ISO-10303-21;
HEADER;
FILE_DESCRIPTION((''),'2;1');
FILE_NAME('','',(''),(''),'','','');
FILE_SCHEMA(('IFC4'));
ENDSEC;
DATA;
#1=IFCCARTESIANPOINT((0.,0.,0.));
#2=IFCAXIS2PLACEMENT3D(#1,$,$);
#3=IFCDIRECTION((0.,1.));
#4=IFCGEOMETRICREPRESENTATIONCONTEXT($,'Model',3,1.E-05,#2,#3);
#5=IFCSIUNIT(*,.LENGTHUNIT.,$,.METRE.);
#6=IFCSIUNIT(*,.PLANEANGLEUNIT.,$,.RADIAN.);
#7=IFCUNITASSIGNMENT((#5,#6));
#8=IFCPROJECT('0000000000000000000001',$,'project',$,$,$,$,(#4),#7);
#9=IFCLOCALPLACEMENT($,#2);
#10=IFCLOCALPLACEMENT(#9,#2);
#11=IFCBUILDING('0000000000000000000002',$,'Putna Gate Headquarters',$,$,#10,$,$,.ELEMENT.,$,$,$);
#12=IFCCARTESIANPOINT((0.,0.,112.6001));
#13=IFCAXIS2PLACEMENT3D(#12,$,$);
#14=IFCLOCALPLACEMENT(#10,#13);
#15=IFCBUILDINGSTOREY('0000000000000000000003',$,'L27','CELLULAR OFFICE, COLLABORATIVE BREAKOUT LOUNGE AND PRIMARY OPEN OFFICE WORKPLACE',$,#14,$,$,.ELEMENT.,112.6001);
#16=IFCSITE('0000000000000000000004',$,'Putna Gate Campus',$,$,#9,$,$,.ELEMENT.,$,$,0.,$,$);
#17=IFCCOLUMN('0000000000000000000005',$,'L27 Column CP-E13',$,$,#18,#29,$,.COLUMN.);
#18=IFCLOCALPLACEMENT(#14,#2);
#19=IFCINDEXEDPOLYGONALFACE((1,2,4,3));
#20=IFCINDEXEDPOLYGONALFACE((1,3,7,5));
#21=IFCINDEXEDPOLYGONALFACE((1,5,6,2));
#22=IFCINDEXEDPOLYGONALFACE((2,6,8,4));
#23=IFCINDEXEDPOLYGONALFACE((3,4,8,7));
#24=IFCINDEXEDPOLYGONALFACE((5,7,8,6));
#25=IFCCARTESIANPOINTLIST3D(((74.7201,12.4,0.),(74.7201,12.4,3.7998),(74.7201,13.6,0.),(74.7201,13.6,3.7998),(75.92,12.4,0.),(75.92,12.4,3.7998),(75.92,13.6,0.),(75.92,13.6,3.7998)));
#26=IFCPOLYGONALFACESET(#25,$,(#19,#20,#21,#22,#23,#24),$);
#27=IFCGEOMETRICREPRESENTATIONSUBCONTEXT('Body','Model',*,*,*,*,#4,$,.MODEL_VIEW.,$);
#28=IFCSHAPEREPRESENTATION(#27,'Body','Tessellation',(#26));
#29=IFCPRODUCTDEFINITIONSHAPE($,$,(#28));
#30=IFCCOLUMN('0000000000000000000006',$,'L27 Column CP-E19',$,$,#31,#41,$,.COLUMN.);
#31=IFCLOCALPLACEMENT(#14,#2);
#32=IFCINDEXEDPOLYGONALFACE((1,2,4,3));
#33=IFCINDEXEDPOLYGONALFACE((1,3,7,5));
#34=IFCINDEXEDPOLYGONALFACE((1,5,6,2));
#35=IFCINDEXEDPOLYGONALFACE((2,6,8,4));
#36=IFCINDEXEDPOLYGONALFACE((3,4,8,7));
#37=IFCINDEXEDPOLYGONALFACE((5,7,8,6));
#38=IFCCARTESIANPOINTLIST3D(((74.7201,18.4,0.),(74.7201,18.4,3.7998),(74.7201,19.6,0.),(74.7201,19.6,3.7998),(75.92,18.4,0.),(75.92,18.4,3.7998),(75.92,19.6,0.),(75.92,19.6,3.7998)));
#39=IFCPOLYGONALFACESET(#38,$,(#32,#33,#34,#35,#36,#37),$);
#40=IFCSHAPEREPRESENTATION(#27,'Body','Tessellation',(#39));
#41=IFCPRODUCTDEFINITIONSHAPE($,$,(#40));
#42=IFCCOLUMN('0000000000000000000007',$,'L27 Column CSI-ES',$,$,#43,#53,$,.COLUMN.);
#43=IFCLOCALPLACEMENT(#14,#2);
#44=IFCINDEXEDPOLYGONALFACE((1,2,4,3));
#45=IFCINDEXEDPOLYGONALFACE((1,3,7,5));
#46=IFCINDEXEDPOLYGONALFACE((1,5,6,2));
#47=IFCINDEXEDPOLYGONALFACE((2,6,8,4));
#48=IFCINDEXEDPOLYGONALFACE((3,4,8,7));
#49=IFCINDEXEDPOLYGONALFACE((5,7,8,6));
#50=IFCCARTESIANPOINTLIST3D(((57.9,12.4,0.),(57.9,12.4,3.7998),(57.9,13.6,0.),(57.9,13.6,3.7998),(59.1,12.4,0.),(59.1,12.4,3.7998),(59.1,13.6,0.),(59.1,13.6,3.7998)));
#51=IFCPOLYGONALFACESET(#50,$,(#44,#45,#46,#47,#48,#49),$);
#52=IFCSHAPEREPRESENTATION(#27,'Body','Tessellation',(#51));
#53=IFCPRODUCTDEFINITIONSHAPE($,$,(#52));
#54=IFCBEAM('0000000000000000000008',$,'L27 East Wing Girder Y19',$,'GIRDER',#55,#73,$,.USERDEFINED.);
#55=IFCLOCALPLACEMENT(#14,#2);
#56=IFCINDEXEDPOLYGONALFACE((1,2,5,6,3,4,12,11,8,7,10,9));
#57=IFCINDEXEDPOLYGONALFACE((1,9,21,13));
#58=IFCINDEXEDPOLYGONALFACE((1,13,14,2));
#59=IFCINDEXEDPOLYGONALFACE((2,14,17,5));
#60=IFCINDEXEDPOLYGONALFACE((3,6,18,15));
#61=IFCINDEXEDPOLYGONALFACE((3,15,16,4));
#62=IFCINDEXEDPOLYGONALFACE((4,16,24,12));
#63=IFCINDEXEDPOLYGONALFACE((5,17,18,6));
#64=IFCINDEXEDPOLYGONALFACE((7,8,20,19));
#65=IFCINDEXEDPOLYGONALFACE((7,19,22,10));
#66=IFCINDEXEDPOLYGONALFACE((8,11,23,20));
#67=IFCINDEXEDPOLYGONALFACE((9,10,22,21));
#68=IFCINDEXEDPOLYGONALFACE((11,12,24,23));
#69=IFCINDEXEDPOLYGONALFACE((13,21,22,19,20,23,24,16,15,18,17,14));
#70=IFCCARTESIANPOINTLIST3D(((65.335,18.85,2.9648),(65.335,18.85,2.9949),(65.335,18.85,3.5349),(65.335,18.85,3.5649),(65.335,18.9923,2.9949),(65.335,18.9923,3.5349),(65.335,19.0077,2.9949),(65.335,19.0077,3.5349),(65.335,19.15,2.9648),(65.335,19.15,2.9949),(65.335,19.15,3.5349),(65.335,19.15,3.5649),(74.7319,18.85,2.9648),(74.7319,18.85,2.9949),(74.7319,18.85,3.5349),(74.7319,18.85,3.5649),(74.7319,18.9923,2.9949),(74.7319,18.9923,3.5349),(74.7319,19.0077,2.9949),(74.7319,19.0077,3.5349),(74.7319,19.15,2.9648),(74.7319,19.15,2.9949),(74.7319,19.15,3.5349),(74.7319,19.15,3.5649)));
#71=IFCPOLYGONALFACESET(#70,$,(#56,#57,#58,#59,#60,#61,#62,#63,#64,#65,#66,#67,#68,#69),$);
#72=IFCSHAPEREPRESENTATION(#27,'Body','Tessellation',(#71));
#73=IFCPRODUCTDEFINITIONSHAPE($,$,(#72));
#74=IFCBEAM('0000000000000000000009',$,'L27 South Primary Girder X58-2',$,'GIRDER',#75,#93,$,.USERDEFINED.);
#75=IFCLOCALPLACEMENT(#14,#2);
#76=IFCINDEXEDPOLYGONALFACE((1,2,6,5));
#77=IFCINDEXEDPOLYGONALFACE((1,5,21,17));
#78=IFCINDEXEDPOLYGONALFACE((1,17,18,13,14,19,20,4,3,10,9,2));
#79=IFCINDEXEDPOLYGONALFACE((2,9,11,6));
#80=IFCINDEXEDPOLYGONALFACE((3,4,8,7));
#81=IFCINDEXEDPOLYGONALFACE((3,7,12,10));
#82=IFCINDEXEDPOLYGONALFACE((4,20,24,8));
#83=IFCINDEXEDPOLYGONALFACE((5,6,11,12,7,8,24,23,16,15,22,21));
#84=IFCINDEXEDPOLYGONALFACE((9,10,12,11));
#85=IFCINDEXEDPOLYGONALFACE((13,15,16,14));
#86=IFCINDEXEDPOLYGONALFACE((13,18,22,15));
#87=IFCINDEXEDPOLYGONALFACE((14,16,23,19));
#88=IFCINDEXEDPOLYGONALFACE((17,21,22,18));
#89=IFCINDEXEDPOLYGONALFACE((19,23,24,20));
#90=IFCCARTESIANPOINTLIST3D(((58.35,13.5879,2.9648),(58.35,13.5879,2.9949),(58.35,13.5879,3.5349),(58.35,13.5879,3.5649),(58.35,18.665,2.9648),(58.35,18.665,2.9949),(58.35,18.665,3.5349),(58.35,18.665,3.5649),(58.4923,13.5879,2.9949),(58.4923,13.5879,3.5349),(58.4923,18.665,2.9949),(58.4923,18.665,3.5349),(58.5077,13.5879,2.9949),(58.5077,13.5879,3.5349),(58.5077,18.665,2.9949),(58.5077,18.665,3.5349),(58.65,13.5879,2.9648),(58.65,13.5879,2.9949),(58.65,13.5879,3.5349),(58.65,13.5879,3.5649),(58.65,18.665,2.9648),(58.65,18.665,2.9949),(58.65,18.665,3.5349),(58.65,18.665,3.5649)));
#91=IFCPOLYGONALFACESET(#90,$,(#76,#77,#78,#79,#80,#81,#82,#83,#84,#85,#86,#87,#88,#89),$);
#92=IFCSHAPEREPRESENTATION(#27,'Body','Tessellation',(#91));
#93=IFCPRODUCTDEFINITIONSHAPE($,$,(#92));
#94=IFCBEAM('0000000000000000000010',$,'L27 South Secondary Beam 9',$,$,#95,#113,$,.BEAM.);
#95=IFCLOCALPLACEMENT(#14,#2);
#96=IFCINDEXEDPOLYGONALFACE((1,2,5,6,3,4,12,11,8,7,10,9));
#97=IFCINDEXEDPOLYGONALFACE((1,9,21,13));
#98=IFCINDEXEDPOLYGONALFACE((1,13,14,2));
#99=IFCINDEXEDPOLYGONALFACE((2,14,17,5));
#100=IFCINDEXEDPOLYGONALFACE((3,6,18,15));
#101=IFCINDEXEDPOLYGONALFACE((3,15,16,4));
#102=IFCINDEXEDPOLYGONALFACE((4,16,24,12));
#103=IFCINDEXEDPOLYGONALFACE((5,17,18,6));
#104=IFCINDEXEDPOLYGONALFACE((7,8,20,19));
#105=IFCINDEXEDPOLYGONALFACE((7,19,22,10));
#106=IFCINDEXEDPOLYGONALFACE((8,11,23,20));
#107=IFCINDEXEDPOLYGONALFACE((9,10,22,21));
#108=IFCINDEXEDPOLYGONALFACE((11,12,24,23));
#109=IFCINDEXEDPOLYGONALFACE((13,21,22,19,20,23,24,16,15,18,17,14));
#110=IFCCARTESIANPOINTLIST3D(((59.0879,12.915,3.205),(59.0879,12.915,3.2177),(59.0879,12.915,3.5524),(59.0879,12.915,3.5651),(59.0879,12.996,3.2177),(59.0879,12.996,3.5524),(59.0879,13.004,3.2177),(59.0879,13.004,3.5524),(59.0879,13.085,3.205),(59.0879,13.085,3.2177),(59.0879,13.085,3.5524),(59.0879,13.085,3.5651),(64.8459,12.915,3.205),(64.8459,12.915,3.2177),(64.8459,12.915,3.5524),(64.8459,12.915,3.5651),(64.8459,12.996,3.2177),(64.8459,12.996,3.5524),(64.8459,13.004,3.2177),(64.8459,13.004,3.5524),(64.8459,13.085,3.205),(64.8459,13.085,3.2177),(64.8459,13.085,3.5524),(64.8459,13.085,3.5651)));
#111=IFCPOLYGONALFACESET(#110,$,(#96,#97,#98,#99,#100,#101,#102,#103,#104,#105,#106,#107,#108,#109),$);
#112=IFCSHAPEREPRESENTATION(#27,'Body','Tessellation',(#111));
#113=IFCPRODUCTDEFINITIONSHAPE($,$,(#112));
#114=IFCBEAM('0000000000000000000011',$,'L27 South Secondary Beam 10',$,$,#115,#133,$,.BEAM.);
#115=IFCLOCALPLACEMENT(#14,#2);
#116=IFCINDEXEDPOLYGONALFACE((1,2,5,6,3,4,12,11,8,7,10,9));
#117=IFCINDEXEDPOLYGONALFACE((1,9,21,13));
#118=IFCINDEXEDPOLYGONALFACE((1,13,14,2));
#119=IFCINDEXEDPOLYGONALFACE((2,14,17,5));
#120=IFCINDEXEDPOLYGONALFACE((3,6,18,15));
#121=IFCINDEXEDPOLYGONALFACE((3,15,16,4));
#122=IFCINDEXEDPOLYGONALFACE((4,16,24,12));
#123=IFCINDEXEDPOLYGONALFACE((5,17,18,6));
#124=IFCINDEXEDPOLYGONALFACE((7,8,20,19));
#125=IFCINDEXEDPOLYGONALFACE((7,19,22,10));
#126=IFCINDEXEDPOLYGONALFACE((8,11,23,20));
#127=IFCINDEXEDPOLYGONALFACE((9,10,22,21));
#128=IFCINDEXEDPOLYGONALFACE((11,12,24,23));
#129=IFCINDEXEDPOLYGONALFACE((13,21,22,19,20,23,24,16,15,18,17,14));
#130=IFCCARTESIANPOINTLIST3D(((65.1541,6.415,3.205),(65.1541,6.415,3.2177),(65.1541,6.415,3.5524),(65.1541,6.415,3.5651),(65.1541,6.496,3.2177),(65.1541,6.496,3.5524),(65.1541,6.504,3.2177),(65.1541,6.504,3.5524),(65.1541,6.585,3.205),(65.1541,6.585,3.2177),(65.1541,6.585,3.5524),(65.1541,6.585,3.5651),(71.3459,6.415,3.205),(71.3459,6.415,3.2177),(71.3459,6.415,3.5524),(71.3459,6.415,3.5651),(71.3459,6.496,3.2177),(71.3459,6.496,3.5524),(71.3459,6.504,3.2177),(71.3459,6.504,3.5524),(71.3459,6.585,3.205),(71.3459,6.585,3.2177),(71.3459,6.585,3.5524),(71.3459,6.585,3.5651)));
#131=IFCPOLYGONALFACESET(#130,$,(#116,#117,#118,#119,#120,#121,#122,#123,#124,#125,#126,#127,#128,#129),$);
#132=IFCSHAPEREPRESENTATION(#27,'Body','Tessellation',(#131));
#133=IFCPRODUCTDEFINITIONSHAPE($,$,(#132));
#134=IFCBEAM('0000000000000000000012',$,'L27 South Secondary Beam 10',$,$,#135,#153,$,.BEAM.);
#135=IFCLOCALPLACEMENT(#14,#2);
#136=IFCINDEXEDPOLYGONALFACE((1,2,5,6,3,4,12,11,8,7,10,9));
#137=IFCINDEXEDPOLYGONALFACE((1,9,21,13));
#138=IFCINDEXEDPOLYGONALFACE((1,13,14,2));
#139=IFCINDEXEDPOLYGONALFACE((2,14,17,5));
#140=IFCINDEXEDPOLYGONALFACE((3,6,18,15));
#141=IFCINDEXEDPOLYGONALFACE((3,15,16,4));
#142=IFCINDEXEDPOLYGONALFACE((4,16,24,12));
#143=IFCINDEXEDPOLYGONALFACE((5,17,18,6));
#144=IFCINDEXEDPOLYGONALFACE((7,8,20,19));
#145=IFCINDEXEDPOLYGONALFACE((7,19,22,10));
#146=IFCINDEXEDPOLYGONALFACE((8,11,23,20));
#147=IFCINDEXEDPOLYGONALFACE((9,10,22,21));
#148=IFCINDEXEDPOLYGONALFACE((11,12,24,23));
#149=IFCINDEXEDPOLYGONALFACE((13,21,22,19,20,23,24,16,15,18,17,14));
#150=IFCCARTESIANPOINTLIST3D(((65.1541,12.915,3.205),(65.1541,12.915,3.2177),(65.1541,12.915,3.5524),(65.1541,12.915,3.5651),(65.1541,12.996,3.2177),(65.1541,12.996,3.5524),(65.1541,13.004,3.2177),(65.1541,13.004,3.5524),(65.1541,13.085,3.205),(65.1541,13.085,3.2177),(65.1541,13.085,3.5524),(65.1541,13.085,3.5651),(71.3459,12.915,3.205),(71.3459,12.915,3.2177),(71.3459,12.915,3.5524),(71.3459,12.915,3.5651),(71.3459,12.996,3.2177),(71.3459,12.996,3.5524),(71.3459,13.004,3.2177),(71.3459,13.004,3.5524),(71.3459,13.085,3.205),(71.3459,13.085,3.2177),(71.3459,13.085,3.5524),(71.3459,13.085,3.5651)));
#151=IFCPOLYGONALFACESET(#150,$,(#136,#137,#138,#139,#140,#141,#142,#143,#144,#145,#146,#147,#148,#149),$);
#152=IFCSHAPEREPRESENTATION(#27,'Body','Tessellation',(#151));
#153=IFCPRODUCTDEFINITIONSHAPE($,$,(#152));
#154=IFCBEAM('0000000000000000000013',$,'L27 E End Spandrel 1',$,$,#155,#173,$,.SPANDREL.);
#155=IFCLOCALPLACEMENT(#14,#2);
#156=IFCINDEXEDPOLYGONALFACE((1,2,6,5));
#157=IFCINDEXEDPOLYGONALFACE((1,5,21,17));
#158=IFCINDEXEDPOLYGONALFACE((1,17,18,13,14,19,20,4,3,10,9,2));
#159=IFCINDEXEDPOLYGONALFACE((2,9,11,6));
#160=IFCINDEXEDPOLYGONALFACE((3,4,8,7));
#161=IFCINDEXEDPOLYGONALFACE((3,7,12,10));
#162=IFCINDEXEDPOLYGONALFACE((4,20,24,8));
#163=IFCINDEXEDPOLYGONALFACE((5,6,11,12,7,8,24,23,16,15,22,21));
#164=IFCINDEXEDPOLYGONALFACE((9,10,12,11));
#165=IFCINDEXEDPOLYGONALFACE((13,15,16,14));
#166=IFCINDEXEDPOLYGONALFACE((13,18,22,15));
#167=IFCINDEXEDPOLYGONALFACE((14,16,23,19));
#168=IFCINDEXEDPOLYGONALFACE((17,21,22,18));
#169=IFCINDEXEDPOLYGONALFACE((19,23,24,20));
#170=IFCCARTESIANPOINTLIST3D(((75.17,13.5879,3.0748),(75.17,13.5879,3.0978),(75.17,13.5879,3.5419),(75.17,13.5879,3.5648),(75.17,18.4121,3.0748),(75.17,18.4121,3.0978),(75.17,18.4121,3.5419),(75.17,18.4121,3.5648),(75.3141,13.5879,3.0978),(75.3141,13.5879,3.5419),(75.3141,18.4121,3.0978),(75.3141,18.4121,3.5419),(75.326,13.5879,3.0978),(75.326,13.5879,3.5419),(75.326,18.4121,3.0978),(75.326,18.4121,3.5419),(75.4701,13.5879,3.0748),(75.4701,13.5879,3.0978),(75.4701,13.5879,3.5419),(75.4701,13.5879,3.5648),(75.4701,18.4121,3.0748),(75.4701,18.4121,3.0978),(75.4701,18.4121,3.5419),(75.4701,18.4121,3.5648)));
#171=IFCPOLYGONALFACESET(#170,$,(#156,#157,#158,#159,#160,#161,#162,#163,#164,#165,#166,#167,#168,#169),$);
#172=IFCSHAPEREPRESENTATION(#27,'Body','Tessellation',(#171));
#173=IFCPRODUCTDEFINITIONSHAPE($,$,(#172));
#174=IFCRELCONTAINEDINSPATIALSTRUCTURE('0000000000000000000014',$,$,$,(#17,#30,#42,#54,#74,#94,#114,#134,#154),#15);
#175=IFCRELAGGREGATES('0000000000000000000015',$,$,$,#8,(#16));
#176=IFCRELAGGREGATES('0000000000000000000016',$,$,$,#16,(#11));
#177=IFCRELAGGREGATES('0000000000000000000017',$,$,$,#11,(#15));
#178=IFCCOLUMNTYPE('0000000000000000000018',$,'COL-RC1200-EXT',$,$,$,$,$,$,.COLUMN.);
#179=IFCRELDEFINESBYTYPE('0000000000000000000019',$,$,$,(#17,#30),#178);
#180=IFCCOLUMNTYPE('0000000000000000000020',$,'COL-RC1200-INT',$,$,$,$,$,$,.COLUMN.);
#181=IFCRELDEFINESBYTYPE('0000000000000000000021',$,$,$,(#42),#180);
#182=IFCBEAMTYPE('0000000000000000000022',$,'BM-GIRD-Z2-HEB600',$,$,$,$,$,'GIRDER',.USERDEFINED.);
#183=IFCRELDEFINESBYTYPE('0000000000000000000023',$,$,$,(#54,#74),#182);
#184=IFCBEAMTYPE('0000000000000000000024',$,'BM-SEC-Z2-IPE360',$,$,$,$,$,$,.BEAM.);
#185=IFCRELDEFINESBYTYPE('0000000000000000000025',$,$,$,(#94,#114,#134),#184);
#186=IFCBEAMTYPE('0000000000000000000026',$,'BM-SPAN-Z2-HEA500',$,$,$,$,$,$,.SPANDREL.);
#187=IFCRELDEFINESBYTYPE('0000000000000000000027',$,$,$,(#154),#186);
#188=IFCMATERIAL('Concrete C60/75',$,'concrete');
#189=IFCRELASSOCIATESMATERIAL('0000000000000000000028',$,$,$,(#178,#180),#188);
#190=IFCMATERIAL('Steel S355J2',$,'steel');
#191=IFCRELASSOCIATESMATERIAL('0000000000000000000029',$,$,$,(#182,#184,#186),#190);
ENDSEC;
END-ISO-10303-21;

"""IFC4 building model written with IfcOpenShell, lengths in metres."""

from ifc_helpers import new_model, si_unit, direction, frame, origin, origin_2d, place, context, subcontext, project, spatial, rectangle, i_section, extrude, material, material_profile, profile_set, type_object, element, save


model = new_model("IFC4")

# Units and contexts
model_context = context("Model", 3, precision=1e-05, world=origin(), true_north=direction((0.0, 1.0)))
body_context = subcontext(model_context, "Body", "Model", "MODEL_VIEW")
ifc_project = project(units=[si_unit("LENGTHUNIT", "METRE"), si_unit("PLANEANGLEUNIT", "RADIAN")], contexts=[model_context])

# Site, building, storey
site_placement = place(None, origin())
site = spatial("IfcSite", under=ifc_project, at=site_placement, Name="Putna Gate Campus", CompositionType="ELEMENT", RefElevation=0.0)
building_placement = place(site_placement, origin())
building = spatial("IfcBuilding", under=site, at=building_placement, Name="Putna Gate Headquarters", CompositionType="ELEMENT")
storey_placement = place(building_placement, frame((0.0, 0.0, 112.6001)))
storey = spatial("IfcBuildingStorey", under=building, at=storey_placement, Name="L27", Description="CELLULAR OFFICE, COLLABORATIVE BREAKOUT LOUNGE AND PRIMARY OPEN OFFICE WORKPLACE", CompositionType="ELEMENT", Elevation=112.6001)

# Columns
ifc_material_1 = material(Name="Concrete C60/75", Category="concrete")
ifc_material_profile_1 = material_profile(ifc_material_1, rectangle(XDim=1.2, YDim=1.2, at=origin_2d()), Name="Concrete C60/75")
ifc_profile_set_1 = profile_set([ifc_material_profile_1], Name="Concrete C60/75")
column_type_1 = type_object("IfcColumnType", Name="COL-RC1200-EXT", PredefinedType="COLUMN", material=ifc_profile_set_1)
for number, where, z_axis, x_axis, name in (
    (1, (75.3201, 13.0, 0.0), (0.0, 0.0, 1.0), (1.0, 0.0, 0.0), "L27 Column CP-E13"),
    (2, (75.3201, 19.0, 0.0), (0.0, 0.0, 1.0), (1.0, 0.0, 0.0), "L27 Column CP-E19"),
):
    element("IfcColumn", number, at=place(storey_placement, frame(where, z_axis=z_axis, x_axis=x_axis)), inside=storey, type_object=column_type_1, Name=name, PredefinedType="COLUMN", context=body_context, shape_type="SweptSolid", body=[
        extrude(rectangle(XDim=1.2, YDim=1.2, at=origin_2d()), origin(), (0.0, 0.0, 1.0), 3.7998),
    ])
ifc_material_profile_2 = material_profile(ifc_material_1, rectangle(XDim=1.2, YDim=1.2, at=origin_2d()), Name="Concrete C60/75")
ifc_profile_set_2 = profile_set([ifc_material_profile_2], Name="Concrete C60/75")
column_type_2 = type_object("IfcColumnType", Name="COL-RC1200-INT", PredefinedType="COLUMN", material=ifc_profile_set_2)
column_placement = place(storey_placement, frame((58.5, 13.0, 0.0), z_axis=(0.0, 0.0, 1.0), x_axis=(1.0, 0.0, 0.0)))
element("IfcColumn", 3, at=column_placement, inside=storey, type_object=column_type_2, Name="L27 Column CSI-ES", PredefinedType="COLUMN", context=body_context, shape_type="SweptSolid", body=[
    extrude(rectangle(XDim=1.2, YDim=1.2, at=origin_2d()), origin(), (0.0, 0.0, 1.0), 3.7998),
])

# Beams
ifc_material_2 = material(Name="Steel S355J2", Category="steel")
ifc_material_profile_3 = material_profile(ifc_material_2, i_section(OverallWidth=0.3, OverallDepth=0.6001, WebThickness=0.0154, FlangeThickness=0.03, at=origin_2d()), Name="Steel S355J2")
ifc_profile_set_3 = profile_set([ifc_material_profile_3], Name="Steel S355J2")
beam_type_1 = type_object("IfcBeamType", Name="BM-GIRD-Z2-HEB600", ElementType="GIRDER", PredefinedType="USERDEFINED", material=ifc_profile_set_3)
beam_1_placement = place(storey_placement, frame((65.335, 19.0, 3.2649), z_axis=(1.0, 0.0, 0.0), x_axis=(0.0, 1.0, 0.0)))
element("IfcBeam", 4, at=beam_1_placement, inside=storey, type_object=beam_type_1, Name="L27 East Wing Girder Y19", ObjectType="GIRDER", PredefinedType="USERDEFINED", context=body_context, shape_type="SweptSolid", body=[
    extrude(i_section(OverallWidth=0.3, OverallDepth=0.6001, WebThickness=0.0154, FlangeThickness=0.03, at=origin_2d()), origin(), (0.0, 0.0, 1.0), 9.397),
])
beam_2_placement = place(storey_placement, frame((58.5, 13.5879, 3.2649), z_axis=(0.0, 1.0, 0.0), x_axis=(-1.0, 0.0, 0.0)))
element("IfcBeam", 5, at=beam_2_placement, inside=storey, type_object=beam_type_1, Name="L27 South Primary Girder X58-2", ObjectType="GIRDER", PredefinedType="USERDEFINED", context=body_context, shape_type="SweptSolid", body=[
    extrude(i_section(OverallWidth=0.3, OverallDepth=0.6001, WebThickness=0.0154, FlangeThickness=0.03, at=origin_2d()), origin(), (0.0, 0.0, 1.0), 5.0771),
])
ifc_material_profile_4 = material_profile(ifc_material_2, i_section(OverallWidth=0.1699, OverallDepth=0.3601, WebThickness=0.0081, FlangeThickness=0.0127, at=origin_2d()), Name="Steel S355J2")
ifc_profile_set_4 = profile_set([ifc_material_profile_4], Name="Steel S355J2")
beam_type_2 = type_object("IfcBeamType", Name="BM-SEC-Z2-IPE360", PredefinedType="BEAM", material=ifc_profile_set_4)
beam_3_placement = place(storey_placement, frame((59.0879, 13.0, 3.385), z_axis=(1.0, 0.0, 0.0), x_axis=(0.0, 1.0, 0.0)))
element("IfcBeam", 6, at=beam_3_placement, inside=storey, type_object=beam_type_2, Name="L27 South Secondary Beam 9", PredefinedType="BEAM", context=body_context, shape_type="SweptSolid", body=[
    extrude(i_section(OverallWidth=0.1699, OverallDepth=0.3601, WebThickness=0.0081, FlangeThickness=0.0127, at=origin_2d()), origin(), (0.0, 0.0, 1.0), 5.7581),
])
for number, where, z_axis, x_axis, name in (
    (7, (65.1541, 6.5, 3.385), (1.0, 0.0, 0.0), (0.0, 1.0, 0.0), "L27 South Secondary Beam 10"),
    (8, (65.1541, 13.0, 3.385), (1.0, 0.0, 0.0), (0.0, 1.0, 0.0), "L27 South Secondary Beam 10"),
):
    element("IfcBeam", number, at=place(storey_placement, frame(where, z_axis=z_axis, x_axis=x_axis)), inside=storey, type_object=beam_type_2, Name=name, PredefinedType="BEAM", context=body_context, shape_type="SweptSolid", body=[
        extrude(i_section(OverallWidth=0.1699, OverallDepth=0.3601, WebThickness=0.0081, FlangeThickness=0.0127, at=origin_2d()), origin(), (0.0, 0.0, 1.0), 6.1919),
    ])
ifc_material_profile_5 = material_profile(ifc_material_2, i_section(OverallWidth=0.3, OverallDepth=0.49, WebThickness=0.012, FlangeThickness=0.0229, at=origin_2d()), Name="Steel S355J2")
ifc_profile_set_5 = profile_set([ifc_material_profile_5], Name="Steel S355J2")
beam_type_3 = type_object("IfcBeamType", Name="BM-SPAN-Z2-HEA500", PredefinedType="SPANDREL", material=ifc_profile_set_5)
beam_4_placement = place(storey_placement, frame((75.3201, 13.5879, 3.3198), z_axis=(0.0, 1.0, 0.0), x_axis=(-1.0, 0.0, 0.0)))
element("IfcBeam", 9, at=beam_4_placement, inside=storey, type_object=beam_type_3, Name="L27 E End Spandrel 1", PredefinedType="SPANDREL", context=body_context, shape_type="SweptSolid", body=[
    extrude(i_section(OverallWidth=0.3, OverallDepth=0.49, WebThickness=0.012, FlangeThickness=0.0229, at=origin_2d()), origin(), (0.0, 0.0, 1.0), 4.8242),
])

save(model, "model.ifc")
